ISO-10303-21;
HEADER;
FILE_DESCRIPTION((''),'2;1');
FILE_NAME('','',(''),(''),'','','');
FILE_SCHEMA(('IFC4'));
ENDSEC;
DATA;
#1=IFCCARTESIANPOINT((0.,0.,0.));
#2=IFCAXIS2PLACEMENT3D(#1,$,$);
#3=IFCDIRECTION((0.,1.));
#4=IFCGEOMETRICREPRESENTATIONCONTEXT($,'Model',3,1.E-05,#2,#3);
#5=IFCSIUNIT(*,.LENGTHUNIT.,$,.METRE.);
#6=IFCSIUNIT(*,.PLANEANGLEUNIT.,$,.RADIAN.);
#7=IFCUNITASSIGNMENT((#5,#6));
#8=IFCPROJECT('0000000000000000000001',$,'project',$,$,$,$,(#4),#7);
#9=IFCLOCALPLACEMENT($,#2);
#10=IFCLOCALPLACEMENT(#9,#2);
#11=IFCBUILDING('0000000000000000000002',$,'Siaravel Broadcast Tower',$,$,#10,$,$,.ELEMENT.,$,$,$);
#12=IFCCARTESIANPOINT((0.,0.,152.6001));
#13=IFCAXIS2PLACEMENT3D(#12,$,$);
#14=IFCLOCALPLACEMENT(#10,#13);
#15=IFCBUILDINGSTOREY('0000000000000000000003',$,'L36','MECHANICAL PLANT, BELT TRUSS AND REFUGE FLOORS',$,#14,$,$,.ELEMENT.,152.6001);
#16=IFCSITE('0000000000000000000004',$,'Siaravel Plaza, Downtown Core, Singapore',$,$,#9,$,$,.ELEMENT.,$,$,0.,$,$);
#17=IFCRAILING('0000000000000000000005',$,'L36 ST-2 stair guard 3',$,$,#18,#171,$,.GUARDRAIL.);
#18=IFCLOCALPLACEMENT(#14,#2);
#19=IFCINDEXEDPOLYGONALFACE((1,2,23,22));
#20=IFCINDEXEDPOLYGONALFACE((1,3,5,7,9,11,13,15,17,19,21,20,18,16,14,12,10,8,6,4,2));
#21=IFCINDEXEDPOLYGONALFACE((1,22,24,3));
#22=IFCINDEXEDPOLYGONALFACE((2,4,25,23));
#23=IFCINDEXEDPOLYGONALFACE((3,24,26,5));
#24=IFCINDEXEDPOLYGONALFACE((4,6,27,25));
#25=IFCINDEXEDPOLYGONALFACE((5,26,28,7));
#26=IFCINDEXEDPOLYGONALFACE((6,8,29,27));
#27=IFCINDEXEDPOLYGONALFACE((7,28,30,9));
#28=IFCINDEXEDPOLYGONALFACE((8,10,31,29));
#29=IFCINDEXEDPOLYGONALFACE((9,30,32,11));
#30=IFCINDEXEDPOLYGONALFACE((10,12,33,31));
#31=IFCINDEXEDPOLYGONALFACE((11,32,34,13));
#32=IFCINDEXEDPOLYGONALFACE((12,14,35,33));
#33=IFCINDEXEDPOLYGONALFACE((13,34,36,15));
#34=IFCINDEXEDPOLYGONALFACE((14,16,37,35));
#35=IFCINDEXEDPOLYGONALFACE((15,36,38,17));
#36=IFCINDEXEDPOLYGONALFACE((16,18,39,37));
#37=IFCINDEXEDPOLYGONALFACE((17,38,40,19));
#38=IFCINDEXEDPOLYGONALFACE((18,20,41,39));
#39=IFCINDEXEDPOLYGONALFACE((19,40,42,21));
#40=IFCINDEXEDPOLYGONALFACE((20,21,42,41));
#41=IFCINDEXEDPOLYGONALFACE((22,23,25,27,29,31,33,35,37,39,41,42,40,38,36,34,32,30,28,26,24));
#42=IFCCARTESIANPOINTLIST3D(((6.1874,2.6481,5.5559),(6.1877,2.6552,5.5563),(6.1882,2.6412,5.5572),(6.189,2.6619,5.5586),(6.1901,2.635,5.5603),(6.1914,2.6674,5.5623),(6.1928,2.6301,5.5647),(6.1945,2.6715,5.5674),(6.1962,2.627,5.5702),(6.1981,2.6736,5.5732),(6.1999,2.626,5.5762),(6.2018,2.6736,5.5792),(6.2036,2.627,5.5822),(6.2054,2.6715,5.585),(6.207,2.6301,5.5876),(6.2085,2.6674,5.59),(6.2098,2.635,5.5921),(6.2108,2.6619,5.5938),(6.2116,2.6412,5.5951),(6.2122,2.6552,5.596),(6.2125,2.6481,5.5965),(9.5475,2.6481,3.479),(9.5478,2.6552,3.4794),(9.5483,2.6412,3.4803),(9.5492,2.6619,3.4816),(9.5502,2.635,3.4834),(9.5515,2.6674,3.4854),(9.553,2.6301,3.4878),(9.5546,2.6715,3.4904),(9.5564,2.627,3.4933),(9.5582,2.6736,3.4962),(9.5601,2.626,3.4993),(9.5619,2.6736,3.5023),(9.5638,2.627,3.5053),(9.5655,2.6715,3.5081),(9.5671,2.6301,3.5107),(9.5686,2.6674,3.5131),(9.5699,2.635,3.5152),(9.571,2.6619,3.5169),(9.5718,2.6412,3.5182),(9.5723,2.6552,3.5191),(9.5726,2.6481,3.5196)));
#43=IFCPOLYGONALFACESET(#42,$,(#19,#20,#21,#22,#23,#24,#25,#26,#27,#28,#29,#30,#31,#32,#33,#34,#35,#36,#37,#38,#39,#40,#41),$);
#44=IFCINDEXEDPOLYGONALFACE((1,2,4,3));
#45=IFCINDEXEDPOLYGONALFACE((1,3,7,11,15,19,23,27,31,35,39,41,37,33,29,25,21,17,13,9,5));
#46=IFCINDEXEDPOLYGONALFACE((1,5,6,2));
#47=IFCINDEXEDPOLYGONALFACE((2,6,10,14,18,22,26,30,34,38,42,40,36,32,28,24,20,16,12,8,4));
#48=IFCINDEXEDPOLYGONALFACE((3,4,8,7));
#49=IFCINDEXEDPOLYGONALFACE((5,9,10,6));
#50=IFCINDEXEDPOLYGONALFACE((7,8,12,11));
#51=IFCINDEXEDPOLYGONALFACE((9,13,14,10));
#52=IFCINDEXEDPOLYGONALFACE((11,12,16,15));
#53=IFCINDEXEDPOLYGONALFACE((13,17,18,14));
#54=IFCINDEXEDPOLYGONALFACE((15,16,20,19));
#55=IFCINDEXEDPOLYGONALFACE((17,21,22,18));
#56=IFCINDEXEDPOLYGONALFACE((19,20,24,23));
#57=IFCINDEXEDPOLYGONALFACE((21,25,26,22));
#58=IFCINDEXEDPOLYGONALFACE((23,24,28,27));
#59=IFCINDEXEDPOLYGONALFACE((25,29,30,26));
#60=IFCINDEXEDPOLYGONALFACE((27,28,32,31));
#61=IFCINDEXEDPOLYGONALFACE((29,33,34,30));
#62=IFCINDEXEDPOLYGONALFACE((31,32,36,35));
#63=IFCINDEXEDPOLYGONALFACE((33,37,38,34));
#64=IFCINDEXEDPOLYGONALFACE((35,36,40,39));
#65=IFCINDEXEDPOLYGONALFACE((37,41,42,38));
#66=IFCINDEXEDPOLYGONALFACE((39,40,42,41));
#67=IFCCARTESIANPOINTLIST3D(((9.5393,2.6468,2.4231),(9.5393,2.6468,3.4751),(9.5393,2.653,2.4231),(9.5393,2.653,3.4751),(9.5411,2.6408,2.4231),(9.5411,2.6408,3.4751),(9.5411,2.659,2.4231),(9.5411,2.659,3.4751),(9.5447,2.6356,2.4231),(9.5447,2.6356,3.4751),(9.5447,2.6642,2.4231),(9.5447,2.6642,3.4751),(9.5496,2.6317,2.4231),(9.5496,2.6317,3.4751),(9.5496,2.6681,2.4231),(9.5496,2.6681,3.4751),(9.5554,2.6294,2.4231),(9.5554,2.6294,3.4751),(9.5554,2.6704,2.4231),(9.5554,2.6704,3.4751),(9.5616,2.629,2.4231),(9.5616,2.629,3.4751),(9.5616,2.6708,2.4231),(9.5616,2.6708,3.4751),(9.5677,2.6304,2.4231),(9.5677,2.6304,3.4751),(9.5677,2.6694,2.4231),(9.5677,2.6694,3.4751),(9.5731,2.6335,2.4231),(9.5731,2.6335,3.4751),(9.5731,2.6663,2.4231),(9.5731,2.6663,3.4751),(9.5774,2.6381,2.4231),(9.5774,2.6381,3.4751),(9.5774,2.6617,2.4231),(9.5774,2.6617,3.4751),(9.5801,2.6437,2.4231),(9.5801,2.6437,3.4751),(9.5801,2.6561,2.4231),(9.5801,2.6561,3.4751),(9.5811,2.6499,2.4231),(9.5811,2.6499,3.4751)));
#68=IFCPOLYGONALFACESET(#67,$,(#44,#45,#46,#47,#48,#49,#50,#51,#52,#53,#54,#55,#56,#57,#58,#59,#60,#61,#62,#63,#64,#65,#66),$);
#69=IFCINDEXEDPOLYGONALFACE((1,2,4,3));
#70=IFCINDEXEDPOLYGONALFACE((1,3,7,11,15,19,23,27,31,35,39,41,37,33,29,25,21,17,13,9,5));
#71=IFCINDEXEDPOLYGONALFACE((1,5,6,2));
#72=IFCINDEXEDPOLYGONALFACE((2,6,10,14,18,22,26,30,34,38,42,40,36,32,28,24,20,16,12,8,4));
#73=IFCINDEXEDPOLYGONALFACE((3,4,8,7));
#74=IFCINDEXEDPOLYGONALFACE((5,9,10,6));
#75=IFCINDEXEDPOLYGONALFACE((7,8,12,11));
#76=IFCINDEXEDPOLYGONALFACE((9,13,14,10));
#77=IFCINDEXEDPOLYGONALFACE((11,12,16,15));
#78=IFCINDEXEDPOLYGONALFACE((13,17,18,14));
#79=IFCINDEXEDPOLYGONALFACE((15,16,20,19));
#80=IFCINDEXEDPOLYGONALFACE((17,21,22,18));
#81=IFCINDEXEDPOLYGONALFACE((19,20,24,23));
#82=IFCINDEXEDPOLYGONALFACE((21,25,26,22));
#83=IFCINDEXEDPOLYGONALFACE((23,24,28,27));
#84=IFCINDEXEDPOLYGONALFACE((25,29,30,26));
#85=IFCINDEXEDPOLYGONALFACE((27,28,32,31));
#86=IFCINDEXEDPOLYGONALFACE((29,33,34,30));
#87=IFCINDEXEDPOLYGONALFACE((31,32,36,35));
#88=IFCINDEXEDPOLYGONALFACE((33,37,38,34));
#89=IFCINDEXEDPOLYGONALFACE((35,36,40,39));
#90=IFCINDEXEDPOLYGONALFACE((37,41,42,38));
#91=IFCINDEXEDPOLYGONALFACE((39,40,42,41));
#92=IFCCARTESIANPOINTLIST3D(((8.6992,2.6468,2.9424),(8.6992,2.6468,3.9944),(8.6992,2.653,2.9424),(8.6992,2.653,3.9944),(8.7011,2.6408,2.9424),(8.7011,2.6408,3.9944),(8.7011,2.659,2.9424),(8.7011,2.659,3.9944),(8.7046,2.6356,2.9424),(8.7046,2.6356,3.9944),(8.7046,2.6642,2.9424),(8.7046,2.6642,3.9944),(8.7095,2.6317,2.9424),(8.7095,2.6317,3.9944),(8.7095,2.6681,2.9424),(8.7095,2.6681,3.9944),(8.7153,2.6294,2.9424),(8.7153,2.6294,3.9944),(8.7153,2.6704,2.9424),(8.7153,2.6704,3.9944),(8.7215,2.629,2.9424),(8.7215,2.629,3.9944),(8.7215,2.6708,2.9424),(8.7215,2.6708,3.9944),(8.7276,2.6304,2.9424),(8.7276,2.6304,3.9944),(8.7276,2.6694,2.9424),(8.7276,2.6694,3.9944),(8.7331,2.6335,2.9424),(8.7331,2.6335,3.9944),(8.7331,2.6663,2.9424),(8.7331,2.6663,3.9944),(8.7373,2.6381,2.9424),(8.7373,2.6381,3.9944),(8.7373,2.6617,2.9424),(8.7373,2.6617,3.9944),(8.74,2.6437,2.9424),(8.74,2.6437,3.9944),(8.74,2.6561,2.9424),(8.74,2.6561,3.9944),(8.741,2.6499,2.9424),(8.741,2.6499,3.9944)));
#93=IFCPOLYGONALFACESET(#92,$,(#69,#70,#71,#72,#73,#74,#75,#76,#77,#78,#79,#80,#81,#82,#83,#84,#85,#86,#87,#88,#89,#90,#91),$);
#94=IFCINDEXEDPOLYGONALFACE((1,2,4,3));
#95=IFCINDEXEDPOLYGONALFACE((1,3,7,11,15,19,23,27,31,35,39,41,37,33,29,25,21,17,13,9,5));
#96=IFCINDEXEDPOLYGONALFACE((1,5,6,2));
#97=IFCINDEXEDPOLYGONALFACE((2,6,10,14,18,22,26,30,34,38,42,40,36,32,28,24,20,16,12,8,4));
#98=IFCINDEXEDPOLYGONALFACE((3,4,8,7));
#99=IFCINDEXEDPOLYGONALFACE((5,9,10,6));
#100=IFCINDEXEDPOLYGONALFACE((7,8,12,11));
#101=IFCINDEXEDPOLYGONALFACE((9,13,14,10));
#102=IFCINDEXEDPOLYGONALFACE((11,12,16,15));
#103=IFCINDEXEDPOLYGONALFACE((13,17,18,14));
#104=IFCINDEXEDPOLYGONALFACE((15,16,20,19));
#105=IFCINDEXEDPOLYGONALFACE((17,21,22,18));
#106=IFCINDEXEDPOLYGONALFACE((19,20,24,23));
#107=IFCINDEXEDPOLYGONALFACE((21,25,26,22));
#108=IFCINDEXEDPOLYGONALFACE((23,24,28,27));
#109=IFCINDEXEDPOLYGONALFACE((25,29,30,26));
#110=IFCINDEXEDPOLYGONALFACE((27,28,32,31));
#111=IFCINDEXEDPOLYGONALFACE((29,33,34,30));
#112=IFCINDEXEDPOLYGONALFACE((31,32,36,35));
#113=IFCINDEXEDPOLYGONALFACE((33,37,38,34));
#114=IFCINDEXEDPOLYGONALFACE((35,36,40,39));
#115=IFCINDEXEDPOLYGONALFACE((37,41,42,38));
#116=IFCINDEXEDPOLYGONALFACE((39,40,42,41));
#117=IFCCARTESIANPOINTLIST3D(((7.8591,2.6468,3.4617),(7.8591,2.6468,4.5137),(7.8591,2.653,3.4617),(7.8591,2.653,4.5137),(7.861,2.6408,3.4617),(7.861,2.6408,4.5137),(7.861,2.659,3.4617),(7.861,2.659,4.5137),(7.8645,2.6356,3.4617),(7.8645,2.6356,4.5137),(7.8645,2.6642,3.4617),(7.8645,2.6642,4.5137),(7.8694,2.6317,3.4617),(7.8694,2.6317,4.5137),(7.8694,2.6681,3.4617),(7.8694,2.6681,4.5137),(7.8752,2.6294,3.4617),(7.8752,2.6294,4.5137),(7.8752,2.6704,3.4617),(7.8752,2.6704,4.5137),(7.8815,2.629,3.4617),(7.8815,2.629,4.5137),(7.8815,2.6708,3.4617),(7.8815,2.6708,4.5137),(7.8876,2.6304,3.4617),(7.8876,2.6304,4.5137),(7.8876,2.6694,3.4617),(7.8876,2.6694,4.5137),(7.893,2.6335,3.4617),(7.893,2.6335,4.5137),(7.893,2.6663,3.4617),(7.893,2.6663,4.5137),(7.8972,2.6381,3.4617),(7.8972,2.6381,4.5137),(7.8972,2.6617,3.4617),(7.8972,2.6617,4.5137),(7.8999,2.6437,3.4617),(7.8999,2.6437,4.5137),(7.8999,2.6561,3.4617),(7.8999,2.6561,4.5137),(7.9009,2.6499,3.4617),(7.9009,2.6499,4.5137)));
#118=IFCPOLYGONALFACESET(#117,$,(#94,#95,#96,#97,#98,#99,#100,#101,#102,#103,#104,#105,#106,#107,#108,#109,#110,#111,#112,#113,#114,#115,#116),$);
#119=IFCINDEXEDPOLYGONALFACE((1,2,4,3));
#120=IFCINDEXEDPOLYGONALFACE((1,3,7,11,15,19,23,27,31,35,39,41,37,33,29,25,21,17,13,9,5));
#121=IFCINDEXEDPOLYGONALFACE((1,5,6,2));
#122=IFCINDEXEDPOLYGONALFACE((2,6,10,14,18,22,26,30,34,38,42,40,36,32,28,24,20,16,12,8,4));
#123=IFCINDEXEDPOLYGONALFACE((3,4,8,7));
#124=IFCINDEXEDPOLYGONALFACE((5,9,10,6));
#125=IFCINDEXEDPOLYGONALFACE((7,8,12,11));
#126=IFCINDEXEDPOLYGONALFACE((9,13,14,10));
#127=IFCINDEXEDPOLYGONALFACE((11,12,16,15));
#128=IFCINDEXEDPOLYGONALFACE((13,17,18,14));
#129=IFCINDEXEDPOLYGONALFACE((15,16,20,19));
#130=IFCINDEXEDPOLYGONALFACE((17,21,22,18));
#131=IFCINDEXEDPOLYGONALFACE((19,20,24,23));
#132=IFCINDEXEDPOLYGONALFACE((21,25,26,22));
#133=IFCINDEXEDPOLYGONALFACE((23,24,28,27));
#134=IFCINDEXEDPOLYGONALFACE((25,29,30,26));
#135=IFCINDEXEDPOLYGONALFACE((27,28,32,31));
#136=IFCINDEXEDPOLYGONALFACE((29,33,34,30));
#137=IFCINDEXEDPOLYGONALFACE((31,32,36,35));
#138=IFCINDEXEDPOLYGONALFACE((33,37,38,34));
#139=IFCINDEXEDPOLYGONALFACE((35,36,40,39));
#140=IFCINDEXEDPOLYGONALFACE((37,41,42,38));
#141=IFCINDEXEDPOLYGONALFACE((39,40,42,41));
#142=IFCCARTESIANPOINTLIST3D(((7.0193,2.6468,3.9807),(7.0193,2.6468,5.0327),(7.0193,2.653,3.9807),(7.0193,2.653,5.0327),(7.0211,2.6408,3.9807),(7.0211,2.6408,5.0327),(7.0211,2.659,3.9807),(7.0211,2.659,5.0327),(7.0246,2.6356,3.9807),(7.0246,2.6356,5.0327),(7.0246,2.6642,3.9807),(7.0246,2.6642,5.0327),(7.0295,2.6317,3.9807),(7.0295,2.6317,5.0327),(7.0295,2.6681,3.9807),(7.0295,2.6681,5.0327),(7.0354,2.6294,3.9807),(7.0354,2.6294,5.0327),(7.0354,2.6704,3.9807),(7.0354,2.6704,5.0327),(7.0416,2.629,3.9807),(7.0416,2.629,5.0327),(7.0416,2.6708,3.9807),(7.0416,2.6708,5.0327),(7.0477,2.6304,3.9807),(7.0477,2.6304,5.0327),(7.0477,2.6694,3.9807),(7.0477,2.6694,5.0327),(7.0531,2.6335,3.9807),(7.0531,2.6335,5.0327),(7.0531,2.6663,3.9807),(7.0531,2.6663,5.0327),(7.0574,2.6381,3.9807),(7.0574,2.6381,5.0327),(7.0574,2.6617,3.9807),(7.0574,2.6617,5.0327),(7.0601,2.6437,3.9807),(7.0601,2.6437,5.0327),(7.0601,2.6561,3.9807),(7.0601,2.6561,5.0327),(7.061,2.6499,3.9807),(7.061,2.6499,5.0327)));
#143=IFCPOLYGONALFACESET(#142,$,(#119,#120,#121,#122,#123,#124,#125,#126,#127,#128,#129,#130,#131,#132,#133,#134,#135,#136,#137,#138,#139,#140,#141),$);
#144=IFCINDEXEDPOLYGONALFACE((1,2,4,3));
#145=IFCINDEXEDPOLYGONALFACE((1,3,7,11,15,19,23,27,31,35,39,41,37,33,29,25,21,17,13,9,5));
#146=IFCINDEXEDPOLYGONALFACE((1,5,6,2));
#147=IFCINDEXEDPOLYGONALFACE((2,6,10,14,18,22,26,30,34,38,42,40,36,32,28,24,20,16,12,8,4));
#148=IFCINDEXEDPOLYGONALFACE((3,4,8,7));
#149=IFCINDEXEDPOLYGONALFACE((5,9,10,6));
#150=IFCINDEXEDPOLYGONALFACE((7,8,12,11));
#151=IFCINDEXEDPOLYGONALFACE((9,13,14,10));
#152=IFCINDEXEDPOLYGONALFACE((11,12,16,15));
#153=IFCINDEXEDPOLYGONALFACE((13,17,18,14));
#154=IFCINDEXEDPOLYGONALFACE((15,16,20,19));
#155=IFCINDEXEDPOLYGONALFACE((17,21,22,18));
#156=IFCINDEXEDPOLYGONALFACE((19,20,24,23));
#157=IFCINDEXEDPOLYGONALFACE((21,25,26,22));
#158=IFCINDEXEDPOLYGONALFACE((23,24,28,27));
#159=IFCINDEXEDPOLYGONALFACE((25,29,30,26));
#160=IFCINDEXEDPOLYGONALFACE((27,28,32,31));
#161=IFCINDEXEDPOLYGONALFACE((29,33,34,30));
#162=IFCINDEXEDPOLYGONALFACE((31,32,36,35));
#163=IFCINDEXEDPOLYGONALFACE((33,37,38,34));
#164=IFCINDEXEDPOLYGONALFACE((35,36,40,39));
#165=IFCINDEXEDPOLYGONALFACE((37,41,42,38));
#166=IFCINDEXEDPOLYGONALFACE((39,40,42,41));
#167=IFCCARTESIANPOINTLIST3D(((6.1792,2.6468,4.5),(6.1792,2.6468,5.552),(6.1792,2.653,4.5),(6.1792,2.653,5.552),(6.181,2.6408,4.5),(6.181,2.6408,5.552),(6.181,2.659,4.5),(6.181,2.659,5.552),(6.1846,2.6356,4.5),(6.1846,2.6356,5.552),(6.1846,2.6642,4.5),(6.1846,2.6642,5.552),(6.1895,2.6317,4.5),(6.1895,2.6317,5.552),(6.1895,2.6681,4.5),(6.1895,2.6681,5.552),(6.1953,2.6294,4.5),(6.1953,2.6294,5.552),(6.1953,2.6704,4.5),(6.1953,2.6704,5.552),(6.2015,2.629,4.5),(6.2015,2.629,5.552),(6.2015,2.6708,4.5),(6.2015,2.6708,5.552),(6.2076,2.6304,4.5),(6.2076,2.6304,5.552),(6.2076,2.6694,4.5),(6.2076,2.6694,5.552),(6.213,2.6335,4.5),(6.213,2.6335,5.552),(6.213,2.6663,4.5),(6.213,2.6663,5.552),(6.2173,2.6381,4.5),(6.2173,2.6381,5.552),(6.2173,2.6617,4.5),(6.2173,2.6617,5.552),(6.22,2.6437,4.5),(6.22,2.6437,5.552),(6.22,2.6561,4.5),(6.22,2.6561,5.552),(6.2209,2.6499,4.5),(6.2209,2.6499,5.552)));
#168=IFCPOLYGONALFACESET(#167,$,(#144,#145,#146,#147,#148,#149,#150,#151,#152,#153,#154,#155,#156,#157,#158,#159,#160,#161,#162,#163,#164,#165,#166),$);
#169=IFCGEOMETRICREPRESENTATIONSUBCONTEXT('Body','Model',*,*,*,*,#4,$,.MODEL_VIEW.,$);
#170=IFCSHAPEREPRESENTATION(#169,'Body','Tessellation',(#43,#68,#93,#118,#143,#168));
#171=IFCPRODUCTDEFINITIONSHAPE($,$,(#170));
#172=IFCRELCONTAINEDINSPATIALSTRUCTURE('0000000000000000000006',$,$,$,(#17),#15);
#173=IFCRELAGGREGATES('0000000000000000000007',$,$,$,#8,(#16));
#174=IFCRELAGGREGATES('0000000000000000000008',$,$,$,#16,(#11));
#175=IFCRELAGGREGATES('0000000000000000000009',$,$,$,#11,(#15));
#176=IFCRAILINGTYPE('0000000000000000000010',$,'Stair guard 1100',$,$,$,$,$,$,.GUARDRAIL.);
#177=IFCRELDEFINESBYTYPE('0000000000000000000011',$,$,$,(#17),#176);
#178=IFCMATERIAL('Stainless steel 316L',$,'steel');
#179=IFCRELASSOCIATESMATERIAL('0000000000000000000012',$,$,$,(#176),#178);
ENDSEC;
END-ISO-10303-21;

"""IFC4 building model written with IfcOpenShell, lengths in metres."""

from ifc_helpers import new_model, si_unit, direction, frame, origin, origin_2d, place, context, subcontext, project, spatial, circle, extrude, material, type_object, element, save


model = new_model("IFC4")

# Units and contexts
model_context = context("Model", 3, precision=1e-05, world=origin(), true_north=direction((0.0, 1.0)))
body_context = subcontext(model_context, "Body", "Model", "MODEL_VIEW")
ifc_project = project(units=[si_unit("LENGTHUNIT", "METRE"), si_unit("PLANEANGLEUNIT", "RADIAN")], contexts=[model_context])

# Site, building, storey
site_placement = place(None, origin())
site = spatial("IfcSite", under=ifc_project, at=site_placement, Name="Siaravel Plaza, Downtown Core, Singapore", CompositionType="ELEMENT", RefElevation=0.0)
building_placement = place(site_placement, origin())
building = spatial("IfcBuilding", under=site, at=building_placement, Name="Siaravel Broadcast Tower", CompositionType="ELEMENT")
storey_placement = place(building_placement, frame((0.0, 0.0, 152.6001)))
storey = spatial("IfcBuildingStorey", under=building, at=storey_placement, Name="L36", Description="MECHANICAL PLANT, BELT TRUSS AND REFUGE FLOORS", CompositionType="ELEMENT", Elevation=152.6001)

# Railing
ifc_material_1 = material(Name="Stainless steel 316L", Category="steel")
railing_type_1 = type_object("IfcRailingType", Name="Stair guard 1100", PredefinedType="GUARDRAIL", material=ifc_material_1)
railing_1_placement = place(storey_placement, frame((9.5601, 2.6499, 2.4231)))
element("IfcRailing", 1, at=railing_1_placement, inside=storey, type_object=railing_type_1, Name="L36 ST-2 stair guard 3", PredefinedType="GUARDRAIL", context=body_context, shape_type="SweptSolid", body=[
    extrude(circle(Radius=0.0239, at=origin_2d()), frame((0.0, 0.0, 1.0762), z_axis=(-0.850623, 0.0, 0.525776), x_axis=(0.0, -1.0, 0.0)), (0.0, 0.0, 1.0), 3.9502),
    extrude(circle(Radius=0.021, at=origin_2d()), origin(), (0.0, 0.0, 1.0), 1.052),
    extrude(circle(Radius=0.021, at=origin_2d()), frame((-0.8401, 0.0, 0.5193)), (0.0, 0.0, 1.0), 1.052),
    extrude(circle(Radius=0.021, at=origin_2d()), frame((-1.6802, 0.0, 1.0386)), (0.0, 0.0, 1.0), 1.052),
    extrude(circle(Radius=0.021, at=origin_2d()), frame((-2.52, 0.0, 1.5576)), (0.0, 0.0, 1.0), 1.052),
    extrude(circle(Radius=0.021, at=origin_2d()), frame((-3.3601, 0.0, 2.0769)), (0.0, 0.0, 1.0), 1.052),
])

save(model, "model.ifc")
